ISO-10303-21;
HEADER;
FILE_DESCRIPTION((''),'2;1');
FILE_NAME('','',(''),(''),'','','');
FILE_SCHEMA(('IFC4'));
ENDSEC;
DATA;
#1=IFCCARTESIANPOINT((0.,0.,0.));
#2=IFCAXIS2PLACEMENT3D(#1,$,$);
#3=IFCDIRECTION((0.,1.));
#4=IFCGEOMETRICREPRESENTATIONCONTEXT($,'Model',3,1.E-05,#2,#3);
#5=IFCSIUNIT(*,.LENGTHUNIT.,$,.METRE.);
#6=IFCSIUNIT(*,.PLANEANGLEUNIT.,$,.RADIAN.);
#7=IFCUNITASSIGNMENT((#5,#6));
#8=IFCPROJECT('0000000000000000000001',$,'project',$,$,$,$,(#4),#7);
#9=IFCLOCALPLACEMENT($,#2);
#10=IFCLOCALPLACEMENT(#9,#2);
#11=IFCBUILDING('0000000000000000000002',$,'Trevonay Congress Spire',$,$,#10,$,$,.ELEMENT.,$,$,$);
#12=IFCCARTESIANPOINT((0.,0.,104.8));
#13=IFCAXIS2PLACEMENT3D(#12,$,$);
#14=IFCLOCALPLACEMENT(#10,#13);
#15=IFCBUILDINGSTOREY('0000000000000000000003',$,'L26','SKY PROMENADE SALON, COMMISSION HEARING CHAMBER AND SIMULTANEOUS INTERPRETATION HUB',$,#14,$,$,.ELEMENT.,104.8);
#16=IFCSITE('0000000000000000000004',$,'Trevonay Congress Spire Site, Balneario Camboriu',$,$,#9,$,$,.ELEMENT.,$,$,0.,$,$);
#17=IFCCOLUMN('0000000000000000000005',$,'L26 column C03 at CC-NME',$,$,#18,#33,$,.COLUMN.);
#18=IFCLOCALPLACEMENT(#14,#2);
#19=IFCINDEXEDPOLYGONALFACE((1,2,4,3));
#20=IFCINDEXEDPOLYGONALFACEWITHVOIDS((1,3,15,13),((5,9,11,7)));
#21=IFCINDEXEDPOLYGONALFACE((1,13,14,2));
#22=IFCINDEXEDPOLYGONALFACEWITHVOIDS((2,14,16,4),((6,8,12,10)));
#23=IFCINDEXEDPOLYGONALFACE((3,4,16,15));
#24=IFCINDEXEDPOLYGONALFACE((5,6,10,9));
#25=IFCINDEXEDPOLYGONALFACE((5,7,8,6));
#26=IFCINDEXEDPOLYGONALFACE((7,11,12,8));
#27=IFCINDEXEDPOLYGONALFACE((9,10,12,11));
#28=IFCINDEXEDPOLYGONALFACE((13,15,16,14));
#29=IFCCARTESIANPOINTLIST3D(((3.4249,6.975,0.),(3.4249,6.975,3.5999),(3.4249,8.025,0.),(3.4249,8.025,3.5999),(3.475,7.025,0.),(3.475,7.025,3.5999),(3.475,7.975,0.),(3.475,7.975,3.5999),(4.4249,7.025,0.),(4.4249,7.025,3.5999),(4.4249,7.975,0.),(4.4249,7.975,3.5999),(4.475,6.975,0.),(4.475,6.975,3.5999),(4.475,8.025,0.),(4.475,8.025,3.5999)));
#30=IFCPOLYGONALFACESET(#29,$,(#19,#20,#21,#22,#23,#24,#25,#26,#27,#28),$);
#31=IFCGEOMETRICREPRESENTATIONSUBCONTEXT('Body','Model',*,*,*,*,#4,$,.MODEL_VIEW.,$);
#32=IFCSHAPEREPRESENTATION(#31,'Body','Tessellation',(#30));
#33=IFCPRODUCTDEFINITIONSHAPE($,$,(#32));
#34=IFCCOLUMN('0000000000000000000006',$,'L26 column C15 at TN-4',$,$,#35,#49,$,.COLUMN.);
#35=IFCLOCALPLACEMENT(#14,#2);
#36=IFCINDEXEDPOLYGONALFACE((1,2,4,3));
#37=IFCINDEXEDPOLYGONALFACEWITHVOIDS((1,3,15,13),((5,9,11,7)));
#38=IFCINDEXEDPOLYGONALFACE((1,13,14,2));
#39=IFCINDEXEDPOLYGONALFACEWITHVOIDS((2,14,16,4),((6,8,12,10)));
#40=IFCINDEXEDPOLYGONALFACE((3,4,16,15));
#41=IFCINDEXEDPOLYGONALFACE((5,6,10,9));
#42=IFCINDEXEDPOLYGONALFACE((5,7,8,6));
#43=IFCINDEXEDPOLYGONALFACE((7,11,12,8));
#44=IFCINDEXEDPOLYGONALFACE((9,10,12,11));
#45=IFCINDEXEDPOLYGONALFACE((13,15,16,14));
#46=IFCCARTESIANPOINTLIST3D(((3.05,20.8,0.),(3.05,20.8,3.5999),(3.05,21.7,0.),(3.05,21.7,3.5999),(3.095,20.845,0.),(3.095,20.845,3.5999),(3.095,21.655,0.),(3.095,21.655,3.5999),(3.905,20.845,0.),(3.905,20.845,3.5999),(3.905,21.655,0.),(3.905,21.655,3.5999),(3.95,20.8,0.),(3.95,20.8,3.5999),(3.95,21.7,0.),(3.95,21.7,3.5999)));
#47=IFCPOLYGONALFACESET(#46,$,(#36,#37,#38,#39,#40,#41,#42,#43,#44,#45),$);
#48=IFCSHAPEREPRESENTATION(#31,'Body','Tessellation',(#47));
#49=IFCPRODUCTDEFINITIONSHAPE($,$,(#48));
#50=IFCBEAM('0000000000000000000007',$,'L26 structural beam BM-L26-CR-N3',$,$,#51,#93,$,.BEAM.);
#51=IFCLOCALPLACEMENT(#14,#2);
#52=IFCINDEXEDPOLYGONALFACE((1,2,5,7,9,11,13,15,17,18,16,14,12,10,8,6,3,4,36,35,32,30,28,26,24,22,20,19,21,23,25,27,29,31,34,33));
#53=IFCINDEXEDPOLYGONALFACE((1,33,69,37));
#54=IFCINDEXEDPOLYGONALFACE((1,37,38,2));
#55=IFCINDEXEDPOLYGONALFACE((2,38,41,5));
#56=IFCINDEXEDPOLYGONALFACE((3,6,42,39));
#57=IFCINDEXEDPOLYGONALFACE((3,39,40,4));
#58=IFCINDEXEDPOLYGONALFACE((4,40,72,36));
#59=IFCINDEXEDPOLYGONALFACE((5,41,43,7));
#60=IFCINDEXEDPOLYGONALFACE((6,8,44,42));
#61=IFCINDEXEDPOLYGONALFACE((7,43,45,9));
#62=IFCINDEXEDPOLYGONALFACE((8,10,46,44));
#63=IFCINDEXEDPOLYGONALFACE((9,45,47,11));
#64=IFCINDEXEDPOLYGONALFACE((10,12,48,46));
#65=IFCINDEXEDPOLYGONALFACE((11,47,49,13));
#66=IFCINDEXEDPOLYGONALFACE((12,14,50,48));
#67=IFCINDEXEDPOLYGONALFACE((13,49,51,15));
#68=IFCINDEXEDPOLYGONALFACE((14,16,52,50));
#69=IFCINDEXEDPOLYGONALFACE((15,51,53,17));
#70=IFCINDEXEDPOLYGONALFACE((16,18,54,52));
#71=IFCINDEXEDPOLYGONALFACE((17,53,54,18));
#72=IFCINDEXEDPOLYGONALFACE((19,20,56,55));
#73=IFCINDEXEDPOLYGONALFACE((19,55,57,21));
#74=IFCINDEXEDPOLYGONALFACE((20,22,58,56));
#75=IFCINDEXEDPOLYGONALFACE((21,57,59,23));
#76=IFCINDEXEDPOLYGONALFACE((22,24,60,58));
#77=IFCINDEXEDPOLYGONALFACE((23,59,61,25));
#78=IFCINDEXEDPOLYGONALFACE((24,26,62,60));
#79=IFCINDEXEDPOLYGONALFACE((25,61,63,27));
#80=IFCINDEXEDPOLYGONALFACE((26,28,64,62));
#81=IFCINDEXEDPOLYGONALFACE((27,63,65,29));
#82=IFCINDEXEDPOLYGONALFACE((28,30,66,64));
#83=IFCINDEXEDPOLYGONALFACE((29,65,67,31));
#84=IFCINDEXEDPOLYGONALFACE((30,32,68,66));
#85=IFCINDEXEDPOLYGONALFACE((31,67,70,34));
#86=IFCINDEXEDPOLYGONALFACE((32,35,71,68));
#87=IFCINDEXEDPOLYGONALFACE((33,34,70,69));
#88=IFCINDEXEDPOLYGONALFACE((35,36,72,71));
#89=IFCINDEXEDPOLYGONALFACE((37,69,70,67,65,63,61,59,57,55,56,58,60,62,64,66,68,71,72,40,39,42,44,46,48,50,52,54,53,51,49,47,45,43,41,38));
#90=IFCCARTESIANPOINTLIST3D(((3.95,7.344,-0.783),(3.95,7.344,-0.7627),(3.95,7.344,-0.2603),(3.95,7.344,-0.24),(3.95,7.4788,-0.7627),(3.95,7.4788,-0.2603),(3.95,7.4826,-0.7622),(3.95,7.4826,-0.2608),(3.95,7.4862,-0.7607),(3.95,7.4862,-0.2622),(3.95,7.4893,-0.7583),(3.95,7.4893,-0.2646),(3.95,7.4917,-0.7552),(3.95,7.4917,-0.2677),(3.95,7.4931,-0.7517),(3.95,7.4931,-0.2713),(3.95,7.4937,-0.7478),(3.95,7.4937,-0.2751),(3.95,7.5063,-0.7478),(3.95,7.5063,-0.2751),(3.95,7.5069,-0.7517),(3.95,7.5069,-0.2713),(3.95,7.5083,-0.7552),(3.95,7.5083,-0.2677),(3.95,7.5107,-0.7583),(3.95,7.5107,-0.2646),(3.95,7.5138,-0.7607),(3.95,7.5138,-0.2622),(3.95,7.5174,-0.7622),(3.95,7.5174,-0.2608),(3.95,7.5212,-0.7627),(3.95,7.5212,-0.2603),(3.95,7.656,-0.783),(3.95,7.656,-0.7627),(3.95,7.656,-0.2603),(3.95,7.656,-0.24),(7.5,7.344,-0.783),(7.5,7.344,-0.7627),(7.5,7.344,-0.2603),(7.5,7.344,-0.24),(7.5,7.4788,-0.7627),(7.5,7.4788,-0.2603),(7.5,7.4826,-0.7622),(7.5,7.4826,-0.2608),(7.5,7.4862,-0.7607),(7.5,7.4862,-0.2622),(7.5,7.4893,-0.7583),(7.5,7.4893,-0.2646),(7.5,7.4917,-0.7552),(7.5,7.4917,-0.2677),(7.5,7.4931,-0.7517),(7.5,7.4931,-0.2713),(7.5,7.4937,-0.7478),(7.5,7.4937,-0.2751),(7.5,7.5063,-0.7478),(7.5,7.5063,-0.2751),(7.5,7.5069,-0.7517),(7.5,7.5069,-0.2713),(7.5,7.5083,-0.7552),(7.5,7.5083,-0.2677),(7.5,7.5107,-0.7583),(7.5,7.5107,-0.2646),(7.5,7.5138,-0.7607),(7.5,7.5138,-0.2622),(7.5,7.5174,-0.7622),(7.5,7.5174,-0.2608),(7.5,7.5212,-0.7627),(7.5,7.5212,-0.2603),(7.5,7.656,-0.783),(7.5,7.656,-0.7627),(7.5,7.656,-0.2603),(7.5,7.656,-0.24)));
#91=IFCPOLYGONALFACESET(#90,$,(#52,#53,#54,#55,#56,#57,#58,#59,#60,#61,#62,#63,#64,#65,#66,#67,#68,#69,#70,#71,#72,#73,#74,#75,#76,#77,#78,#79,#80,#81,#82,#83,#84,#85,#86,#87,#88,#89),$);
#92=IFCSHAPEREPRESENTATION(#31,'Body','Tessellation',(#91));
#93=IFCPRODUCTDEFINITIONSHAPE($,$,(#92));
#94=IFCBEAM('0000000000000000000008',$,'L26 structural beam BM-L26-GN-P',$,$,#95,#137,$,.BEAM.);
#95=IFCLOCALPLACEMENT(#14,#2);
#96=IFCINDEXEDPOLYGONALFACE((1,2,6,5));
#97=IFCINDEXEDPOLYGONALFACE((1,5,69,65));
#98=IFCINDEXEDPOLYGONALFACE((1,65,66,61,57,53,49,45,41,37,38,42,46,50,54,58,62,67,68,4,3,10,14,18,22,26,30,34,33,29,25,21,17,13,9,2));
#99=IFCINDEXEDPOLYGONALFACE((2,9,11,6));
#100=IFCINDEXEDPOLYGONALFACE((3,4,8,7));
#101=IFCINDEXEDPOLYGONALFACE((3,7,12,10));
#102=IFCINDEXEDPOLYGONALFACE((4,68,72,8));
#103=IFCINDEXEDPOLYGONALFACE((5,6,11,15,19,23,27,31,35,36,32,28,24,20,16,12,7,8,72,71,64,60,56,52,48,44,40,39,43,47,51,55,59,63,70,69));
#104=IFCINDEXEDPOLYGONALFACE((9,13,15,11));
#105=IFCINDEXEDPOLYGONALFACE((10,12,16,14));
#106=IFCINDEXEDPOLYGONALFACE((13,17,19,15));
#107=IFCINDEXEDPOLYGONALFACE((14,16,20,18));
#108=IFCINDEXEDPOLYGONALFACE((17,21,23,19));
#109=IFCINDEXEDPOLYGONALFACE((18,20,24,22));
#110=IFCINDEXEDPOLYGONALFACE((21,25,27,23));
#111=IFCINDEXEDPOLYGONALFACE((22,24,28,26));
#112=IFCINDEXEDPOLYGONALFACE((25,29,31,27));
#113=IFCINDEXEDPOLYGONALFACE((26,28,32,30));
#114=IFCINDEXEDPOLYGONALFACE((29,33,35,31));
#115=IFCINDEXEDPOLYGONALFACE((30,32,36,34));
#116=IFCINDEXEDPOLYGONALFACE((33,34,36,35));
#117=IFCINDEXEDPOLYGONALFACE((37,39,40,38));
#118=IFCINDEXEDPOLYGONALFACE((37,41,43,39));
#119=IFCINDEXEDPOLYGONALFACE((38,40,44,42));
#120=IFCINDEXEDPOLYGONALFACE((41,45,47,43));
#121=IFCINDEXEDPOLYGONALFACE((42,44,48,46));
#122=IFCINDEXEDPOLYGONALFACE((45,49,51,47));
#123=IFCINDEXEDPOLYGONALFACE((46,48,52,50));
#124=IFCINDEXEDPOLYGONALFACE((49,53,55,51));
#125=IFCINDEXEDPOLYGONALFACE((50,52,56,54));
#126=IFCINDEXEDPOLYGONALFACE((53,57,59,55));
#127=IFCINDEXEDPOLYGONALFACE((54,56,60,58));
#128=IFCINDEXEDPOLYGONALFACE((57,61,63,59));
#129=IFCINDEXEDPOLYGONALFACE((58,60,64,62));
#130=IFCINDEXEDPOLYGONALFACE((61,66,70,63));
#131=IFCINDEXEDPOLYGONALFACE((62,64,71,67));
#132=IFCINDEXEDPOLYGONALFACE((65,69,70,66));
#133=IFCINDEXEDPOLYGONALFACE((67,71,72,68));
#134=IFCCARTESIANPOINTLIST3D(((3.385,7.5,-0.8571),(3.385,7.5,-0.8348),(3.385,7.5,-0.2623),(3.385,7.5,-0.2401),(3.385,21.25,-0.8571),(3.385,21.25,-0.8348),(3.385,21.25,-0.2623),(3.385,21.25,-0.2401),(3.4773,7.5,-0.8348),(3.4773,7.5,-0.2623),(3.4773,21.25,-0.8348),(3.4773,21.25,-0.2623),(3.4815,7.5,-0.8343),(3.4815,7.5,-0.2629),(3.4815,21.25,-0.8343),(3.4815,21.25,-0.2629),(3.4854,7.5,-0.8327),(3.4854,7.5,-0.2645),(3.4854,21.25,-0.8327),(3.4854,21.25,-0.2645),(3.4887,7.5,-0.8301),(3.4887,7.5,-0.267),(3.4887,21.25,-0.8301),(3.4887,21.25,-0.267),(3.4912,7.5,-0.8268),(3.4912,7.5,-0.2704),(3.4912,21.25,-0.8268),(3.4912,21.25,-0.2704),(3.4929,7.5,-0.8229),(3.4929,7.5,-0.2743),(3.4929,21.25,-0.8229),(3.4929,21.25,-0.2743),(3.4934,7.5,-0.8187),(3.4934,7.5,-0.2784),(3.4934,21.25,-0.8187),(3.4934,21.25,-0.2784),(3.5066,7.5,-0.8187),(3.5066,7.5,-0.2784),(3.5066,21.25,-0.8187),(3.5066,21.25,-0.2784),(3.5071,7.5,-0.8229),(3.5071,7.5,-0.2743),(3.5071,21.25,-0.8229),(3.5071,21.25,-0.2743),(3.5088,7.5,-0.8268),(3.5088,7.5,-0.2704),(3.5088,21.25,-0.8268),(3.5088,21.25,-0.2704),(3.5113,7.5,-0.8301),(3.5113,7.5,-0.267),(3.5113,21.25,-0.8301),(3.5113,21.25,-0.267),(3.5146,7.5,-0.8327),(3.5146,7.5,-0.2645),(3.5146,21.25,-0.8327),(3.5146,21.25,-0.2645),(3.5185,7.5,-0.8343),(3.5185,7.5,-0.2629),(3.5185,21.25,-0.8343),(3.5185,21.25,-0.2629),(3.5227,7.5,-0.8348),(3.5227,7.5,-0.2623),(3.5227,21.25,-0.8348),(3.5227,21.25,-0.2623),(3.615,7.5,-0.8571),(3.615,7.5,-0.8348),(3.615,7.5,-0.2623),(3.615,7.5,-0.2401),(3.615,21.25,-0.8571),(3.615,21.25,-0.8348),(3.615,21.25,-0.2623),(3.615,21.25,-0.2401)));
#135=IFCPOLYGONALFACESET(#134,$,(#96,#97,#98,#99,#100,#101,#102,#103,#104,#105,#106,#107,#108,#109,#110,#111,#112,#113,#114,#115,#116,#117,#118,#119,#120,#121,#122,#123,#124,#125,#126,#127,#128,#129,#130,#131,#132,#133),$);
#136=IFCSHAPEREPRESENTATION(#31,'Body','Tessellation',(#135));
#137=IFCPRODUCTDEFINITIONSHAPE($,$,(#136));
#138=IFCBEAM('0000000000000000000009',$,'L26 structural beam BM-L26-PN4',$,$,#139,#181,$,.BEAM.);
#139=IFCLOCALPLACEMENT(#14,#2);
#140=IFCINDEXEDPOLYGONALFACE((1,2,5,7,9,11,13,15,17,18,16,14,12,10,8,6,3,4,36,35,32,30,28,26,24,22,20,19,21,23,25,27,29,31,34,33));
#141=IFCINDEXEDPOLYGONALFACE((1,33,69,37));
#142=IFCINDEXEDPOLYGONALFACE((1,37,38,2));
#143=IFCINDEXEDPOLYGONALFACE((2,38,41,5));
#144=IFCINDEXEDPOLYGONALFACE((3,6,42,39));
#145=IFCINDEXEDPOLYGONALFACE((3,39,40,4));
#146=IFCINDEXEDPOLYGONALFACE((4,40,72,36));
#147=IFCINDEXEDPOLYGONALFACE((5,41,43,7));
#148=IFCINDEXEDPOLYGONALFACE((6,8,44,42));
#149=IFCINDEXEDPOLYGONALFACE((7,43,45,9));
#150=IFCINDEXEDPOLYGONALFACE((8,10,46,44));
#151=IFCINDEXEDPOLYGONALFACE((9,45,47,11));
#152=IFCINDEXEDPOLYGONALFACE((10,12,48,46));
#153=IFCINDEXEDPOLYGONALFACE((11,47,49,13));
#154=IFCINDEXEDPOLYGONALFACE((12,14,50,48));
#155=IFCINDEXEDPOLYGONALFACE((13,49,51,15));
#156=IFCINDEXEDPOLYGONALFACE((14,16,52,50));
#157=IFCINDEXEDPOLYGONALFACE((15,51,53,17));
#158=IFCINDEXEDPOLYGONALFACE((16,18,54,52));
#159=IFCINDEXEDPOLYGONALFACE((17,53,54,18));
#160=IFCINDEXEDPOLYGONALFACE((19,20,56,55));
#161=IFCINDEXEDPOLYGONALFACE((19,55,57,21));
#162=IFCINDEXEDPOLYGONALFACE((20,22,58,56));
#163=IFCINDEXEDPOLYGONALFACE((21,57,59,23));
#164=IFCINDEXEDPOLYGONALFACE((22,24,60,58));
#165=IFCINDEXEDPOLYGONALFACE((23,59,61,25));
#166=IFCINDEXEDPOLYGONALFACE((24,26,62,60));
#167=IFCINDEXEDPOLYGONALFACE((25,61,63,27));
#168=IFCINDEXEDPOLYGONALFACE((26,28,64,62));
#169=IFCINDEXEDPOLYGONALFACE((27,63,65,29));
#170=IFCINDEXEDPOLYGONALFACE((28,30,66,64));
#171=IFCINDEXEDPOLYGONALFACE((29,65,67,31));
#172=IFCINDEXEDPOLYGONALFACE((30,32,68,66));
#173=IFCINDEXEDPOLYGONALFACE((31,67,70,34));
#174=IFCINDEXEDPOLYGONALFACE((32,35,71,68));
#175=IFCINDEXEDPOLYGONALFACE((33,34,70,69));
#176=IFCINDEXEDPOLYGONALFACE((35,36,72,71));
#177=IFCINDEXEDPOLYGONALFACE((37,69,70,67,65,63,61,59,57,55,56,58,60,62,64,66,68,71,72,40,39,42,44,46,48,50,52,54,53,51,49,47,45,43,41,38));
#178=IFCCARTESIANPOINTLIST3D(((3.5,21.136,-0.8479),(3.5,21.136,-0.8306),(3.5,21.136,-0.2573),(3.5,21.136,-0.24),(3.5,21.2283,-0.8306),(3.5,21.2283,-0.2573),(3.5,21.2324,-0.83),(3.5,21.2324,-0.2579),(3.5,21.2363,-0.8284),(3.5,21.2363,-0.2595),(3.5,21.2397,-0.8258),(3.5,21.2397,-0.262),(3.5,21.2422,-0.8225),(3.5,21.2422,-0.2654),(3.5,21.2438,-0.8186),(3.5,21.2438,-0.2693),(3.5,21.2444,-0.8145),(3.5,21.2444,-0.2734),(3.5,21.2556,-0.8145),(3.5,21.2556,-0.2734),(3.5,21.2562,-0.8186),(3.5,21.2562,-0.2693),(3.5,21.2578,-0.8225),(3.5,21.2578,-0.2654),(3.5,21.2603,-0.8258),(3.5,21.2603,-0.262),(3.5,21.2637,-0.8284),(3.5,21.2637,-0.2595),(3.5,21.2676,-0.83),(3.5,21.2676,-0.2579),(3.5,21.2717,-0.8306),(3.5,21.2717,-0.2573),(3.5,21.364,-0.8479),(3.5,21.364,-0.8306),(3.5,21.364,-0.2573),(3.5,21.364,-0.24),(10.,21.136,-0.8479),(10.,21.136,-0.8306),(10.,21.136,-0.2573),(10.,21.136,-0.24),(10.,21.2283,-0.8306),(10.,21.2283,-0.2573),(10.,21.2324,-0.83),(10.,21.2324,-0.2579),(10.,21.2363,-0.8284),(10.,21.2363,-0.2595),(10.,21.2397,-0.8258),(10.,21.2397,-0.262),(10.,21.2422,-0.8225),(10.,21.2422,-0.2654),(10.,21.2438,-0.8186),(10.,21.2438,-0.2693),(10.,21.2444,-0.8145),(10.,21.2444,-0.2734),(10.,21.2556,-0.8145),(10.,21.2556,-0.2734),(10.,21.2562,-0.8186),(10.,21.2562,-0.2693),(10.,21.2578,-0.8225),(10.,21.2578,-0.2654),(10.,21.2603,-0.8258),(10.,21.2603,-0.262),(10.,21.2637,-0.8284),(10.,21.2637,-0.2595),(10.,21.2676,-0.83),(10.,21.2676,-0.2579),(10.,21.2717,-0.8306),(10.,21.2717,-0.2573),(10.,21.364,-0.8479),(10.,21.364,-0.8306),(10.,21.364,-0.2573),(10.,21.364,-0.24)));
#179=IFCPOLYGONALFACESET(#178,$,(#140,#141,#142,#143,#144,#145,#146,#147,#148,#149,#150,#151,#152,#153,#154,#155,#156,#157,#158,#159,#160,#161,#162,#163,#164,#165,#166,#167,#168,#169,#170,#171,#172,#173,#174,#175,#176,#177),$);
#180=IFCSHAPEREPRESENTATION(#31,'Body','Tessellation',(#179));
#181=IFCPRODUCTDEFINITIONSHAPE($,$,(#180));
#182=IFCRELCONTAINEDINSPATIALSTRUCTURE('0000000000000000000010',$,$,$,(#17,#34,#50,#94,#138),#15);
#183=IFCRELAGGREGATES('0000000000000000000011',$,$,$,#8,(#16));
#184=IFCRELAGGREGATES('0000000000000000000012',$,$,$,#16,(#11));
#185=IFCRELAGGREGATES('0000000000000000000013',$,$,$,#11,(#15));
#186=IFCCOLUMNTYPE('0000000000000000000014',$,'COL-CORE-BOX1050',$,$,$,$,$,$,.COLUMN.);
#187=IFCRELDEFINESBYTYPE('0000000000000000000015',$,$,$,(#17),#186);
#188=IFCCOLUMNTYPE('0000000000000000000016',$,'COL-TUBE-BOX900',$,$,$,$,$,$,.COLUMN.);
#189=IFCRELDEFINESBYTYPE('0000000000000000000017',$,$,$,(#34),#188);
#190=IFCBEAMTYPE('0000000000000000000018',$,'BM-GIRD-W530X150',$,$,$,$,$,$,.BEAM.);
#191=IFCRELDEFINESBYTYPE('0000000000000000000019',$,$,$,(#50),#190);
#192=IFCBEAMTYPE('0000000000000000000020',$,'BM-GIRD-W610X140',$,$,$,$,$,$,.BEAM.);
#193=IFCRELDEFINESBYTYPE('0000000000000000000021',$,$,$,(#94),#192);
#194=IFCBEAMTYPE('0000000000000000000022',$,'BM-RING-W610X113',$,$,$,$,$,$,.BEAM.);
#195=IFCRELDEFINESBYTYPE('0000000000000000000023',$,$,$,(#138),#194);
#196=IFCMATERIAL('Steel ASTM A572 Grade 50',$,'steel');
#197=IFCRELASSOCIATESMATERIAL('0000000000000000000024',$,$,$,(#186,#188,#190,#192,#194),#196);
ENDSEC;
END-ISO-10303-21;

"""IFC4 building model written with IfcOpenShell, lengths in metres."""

from ifc_helpers import new_model, si_unit, direction, frame, origin, origin_2d, place, context, subcontext, project, spatial, hollow_rectangle, i_section, extrude, material, material_profile, profile_set, type_object, element, save


model = new_model("IFC4")

# Units and contexts
model_context = context("Model", 3, precision=1e-05, world=origin(), true_north=direction((0.0, 1.0)))
body_context = subcontext(model_context, "Body", "Model", "MODEL_VIEW")
ifc_project = project(units=[si_unit("LENGTHUNIT", "METRE"), si_unit("PLANEANGLEUNIT", "RADIAN")], contexts=[model_context])

# Site, building, storey
site_placement = place(None, origin())
site = spatial("IfcSite", under=ifc_project, at=site_placement, Name="Trevonay Congress Spire Site, Balneario Camboriu", CompositionType="ELEMENT", RefElevation=0.0)
building_placement = place(site_placement, origin())
building = spatial("IfcBuilding", under=site, at=building_placement, Name="Trevonay Congress Spire", CompositionType="ELEMENT")
storey_placement = place(building_placement, frame((0.0, 0.0, 104.8)))
storey = spatial("IfcBuildingStorey", under=building, at=storey_placement, Name="L26", Description="SKY PROMENADE SALON, COMMISSION HEARING CHAMBER AND SIMULTANEOUS INTERPRETATION HUB", CompositionType="ELEMENT", Elevation=104.8)

# Columns
ifc_material_1 = material(Name="Steel ASTM A572 Grade 50", Category="steel")
ifc_material_profile_1 = material_profile(ifc_material_1, hollow_rectangle(XDim=1.05, YDim=1.05, WallThickness=0.05, at=origin_2d()), Name="BOX 1050x1050x50")
ifc_profile_set_1 = profile_set([ifc_material_profile_1], Name="Steel ASTM A572 Grade 50")
column_type_1 = type_object("IfcColumnType", Name="COL-CORE-BOX1050", PredefinedType="COLUMN", material=ifc_profile_set_1)
column_1_placement = place(storey_placement, frame((3.95, 7.5, 0.0), z_axis=(0.0, 0.0, 1.0), x_axis=(1.0, 0.0, 0.0)))
element("IfcColumn", 1, at=column_1_placement, inside=storey, type_object=column_type_1, Name="L26 column C03 at CC-NME", PredefinedType="COLUMN", context=body_context, shape_type="SweptSolid", body=[
    extrude(hollow_rectangle(XDim=1.05, YDim=1.05, WallThickness=0.05, at=origin_2d()), origin(), (0.0, 0.0, 1.0), 3.5999),
])
ifc_material_profile_2 = material_profile(ifc_material_1, hollow_rectangle(XDim=0.8999, YDim=0.8999, WallThickness=0.0449, at=origin_2d()), Name="BOX 900x900x45")
ifc_profile_set_2 = profile_set([ifc_material_profile_2], Name="Steel ASTM A572 Grade 50")
column_type_2 = type_object("IfcColumnType", Name="COL-TUBE-BOX900", PredefinedType="COLUMN", material=ifc_profile_set_2)
column_2_placement = place(storey_placement, frame((3.5, 21.25, 0.0), z_axis=(0.0, 0.0, 1.0), x_axis=(1.0, 0.0, 0.0)))
element("IfcColumn", 2, at=column_2_placement, inside=storey, type_object=column_type_2, Name="L26 column C15 at TN-4", PredefinedType="COLUMN", context=body_context, shape_type="SweptSolid", body=[
    extrude(hollow_rectangle(XDim=0.8999, YDim=0.8999, WallThickness=0.0449, at=origin_2d()), origin(), (0.0, 0.0, 1.0), 3.5999),
])

# Beams
ifc_material_profile_3 = material_profile(ifc_material_1, i_section(OverallWidth=0.312, OverallDepth=0.543, WebThickness=0.0127, FlangeThickness=0.0203, FilletRadius=0.0149, at=origin_2d()), Name="W530x150")
ifc_profile_set_3 = profile_set([ifc_material_profile_3], Name="Steel ASTM A572 Grade 50")
beam_type_1 = type_object("IfcBeamType", Name="BM-GIRD-W530X150", PredefinedType="BEAM", material=ifc_profile_set_3)
beam_1_placement = place(storey_placement, frame((3.95, 7.5, -0.5115), z_axis=(1.0, 0.0, 0.0), x_axis=(0.0, 1.0, 0.0)))
element("IfcBeam", 3, at=beam_1_placement, inside=storey, type_object=beam_type_1, Name="L26 structural beam BM-L26-CR-N3", PredefinedType="BEAM", context=body_context, shape_type="SweptSolid", body=[
    extrude(i_section(OverallWidth=0.312, OverallDepth=0.543, WebThickness=0.0127, FlangeThickness=0.0203, FilletRadius=0.0149, at=origin_2d()), origin(), (0.0, 0.0, 1.0), 3.55),
])
ifc_material_profile_4 = material_profile(ifc_material_1, i_section(OverallWidth=0.23, OverallDepth=0.6169, WebThickness=0.0132, FlangeThickness=0.0222, FilletRadius=0.0161, at=origin_2d()), Name="W610x140")
ifc_profile_set_4 = profile_set([ifc_material_profile_4], Name="Steel ASTM A572 Grade 50")
beam_type_2 = type_object("IfcBeamType", Name="BM-GIRD-W610X140", PredefinedType="BEAM", material=ifc_profile_set_4)
beam_2_placement = place(storey_placement, frame((3.5, 7.5, -0.5486), z_axis=(0.0, 1.0, 0.0), x_axis=(-1.0, 0.0, 0.0)))
element("IfcBeam", 4, at=beam_2_placement, inside=storey, type_object=beam_type_2, Name="L26 structural beam BM-L26-GN-P", PredefinedType="BEAM", context=body_context, shape_type="SweptSolid", body=[
    extrude(i_section(OverallWidth=0.23, OverallDepth=0.6169, WebThickness=0.0132, FlangeThickness=0.0222, FilletRadius=0.0161, at=origin_2d()), origin(), (0.0, 0.0, 1.0), 13.75),
])
ifc_material_profile_5 = material_profile(ifc_material_1, i_section(OverallWidth=0.228, OverallDepth=0.6079, WebThickness=0.0112, FlangeThickness=0.0173, FilletRadius=0.0161, at=origin_2d()), Name="W610x113")
ifc_profile_set_5 = profile_set([ifc_material_profile_5], Name="Steel ASTM A572 Grade 50")
beam_type_3 = type_object("IfcBeamType", Name="BM-RING-W610X113", PredefinedType="BEAM", material=ifc_profile_set_5)
beam_3_placement = place(storey_placement, frame((3.5, 21.25, -0.5439), z_axis=(1.0, 0.0, 0.0), x_axis=(0.0, 1.0, 0.0)))
element("IfcBeam", 5, at=beam_3_placement, inside=storey, type_object=beam_type_3, Name="L26 structural beam BM-L26-PN4", PredefinedType="BEAM", context=body_context, shape_type="SweptSolid", body=[
    extrude(i_section(OverallWidth=0.228, OverallDepth=0.6079, WebThickness=0.0112, FlangeThickness=0.0173, FilletRadius=0.0161, at=origin_2d()), origin(), (0.0, 0.0, 1.0), 6.5),
])

save(model, "model.ifc")
